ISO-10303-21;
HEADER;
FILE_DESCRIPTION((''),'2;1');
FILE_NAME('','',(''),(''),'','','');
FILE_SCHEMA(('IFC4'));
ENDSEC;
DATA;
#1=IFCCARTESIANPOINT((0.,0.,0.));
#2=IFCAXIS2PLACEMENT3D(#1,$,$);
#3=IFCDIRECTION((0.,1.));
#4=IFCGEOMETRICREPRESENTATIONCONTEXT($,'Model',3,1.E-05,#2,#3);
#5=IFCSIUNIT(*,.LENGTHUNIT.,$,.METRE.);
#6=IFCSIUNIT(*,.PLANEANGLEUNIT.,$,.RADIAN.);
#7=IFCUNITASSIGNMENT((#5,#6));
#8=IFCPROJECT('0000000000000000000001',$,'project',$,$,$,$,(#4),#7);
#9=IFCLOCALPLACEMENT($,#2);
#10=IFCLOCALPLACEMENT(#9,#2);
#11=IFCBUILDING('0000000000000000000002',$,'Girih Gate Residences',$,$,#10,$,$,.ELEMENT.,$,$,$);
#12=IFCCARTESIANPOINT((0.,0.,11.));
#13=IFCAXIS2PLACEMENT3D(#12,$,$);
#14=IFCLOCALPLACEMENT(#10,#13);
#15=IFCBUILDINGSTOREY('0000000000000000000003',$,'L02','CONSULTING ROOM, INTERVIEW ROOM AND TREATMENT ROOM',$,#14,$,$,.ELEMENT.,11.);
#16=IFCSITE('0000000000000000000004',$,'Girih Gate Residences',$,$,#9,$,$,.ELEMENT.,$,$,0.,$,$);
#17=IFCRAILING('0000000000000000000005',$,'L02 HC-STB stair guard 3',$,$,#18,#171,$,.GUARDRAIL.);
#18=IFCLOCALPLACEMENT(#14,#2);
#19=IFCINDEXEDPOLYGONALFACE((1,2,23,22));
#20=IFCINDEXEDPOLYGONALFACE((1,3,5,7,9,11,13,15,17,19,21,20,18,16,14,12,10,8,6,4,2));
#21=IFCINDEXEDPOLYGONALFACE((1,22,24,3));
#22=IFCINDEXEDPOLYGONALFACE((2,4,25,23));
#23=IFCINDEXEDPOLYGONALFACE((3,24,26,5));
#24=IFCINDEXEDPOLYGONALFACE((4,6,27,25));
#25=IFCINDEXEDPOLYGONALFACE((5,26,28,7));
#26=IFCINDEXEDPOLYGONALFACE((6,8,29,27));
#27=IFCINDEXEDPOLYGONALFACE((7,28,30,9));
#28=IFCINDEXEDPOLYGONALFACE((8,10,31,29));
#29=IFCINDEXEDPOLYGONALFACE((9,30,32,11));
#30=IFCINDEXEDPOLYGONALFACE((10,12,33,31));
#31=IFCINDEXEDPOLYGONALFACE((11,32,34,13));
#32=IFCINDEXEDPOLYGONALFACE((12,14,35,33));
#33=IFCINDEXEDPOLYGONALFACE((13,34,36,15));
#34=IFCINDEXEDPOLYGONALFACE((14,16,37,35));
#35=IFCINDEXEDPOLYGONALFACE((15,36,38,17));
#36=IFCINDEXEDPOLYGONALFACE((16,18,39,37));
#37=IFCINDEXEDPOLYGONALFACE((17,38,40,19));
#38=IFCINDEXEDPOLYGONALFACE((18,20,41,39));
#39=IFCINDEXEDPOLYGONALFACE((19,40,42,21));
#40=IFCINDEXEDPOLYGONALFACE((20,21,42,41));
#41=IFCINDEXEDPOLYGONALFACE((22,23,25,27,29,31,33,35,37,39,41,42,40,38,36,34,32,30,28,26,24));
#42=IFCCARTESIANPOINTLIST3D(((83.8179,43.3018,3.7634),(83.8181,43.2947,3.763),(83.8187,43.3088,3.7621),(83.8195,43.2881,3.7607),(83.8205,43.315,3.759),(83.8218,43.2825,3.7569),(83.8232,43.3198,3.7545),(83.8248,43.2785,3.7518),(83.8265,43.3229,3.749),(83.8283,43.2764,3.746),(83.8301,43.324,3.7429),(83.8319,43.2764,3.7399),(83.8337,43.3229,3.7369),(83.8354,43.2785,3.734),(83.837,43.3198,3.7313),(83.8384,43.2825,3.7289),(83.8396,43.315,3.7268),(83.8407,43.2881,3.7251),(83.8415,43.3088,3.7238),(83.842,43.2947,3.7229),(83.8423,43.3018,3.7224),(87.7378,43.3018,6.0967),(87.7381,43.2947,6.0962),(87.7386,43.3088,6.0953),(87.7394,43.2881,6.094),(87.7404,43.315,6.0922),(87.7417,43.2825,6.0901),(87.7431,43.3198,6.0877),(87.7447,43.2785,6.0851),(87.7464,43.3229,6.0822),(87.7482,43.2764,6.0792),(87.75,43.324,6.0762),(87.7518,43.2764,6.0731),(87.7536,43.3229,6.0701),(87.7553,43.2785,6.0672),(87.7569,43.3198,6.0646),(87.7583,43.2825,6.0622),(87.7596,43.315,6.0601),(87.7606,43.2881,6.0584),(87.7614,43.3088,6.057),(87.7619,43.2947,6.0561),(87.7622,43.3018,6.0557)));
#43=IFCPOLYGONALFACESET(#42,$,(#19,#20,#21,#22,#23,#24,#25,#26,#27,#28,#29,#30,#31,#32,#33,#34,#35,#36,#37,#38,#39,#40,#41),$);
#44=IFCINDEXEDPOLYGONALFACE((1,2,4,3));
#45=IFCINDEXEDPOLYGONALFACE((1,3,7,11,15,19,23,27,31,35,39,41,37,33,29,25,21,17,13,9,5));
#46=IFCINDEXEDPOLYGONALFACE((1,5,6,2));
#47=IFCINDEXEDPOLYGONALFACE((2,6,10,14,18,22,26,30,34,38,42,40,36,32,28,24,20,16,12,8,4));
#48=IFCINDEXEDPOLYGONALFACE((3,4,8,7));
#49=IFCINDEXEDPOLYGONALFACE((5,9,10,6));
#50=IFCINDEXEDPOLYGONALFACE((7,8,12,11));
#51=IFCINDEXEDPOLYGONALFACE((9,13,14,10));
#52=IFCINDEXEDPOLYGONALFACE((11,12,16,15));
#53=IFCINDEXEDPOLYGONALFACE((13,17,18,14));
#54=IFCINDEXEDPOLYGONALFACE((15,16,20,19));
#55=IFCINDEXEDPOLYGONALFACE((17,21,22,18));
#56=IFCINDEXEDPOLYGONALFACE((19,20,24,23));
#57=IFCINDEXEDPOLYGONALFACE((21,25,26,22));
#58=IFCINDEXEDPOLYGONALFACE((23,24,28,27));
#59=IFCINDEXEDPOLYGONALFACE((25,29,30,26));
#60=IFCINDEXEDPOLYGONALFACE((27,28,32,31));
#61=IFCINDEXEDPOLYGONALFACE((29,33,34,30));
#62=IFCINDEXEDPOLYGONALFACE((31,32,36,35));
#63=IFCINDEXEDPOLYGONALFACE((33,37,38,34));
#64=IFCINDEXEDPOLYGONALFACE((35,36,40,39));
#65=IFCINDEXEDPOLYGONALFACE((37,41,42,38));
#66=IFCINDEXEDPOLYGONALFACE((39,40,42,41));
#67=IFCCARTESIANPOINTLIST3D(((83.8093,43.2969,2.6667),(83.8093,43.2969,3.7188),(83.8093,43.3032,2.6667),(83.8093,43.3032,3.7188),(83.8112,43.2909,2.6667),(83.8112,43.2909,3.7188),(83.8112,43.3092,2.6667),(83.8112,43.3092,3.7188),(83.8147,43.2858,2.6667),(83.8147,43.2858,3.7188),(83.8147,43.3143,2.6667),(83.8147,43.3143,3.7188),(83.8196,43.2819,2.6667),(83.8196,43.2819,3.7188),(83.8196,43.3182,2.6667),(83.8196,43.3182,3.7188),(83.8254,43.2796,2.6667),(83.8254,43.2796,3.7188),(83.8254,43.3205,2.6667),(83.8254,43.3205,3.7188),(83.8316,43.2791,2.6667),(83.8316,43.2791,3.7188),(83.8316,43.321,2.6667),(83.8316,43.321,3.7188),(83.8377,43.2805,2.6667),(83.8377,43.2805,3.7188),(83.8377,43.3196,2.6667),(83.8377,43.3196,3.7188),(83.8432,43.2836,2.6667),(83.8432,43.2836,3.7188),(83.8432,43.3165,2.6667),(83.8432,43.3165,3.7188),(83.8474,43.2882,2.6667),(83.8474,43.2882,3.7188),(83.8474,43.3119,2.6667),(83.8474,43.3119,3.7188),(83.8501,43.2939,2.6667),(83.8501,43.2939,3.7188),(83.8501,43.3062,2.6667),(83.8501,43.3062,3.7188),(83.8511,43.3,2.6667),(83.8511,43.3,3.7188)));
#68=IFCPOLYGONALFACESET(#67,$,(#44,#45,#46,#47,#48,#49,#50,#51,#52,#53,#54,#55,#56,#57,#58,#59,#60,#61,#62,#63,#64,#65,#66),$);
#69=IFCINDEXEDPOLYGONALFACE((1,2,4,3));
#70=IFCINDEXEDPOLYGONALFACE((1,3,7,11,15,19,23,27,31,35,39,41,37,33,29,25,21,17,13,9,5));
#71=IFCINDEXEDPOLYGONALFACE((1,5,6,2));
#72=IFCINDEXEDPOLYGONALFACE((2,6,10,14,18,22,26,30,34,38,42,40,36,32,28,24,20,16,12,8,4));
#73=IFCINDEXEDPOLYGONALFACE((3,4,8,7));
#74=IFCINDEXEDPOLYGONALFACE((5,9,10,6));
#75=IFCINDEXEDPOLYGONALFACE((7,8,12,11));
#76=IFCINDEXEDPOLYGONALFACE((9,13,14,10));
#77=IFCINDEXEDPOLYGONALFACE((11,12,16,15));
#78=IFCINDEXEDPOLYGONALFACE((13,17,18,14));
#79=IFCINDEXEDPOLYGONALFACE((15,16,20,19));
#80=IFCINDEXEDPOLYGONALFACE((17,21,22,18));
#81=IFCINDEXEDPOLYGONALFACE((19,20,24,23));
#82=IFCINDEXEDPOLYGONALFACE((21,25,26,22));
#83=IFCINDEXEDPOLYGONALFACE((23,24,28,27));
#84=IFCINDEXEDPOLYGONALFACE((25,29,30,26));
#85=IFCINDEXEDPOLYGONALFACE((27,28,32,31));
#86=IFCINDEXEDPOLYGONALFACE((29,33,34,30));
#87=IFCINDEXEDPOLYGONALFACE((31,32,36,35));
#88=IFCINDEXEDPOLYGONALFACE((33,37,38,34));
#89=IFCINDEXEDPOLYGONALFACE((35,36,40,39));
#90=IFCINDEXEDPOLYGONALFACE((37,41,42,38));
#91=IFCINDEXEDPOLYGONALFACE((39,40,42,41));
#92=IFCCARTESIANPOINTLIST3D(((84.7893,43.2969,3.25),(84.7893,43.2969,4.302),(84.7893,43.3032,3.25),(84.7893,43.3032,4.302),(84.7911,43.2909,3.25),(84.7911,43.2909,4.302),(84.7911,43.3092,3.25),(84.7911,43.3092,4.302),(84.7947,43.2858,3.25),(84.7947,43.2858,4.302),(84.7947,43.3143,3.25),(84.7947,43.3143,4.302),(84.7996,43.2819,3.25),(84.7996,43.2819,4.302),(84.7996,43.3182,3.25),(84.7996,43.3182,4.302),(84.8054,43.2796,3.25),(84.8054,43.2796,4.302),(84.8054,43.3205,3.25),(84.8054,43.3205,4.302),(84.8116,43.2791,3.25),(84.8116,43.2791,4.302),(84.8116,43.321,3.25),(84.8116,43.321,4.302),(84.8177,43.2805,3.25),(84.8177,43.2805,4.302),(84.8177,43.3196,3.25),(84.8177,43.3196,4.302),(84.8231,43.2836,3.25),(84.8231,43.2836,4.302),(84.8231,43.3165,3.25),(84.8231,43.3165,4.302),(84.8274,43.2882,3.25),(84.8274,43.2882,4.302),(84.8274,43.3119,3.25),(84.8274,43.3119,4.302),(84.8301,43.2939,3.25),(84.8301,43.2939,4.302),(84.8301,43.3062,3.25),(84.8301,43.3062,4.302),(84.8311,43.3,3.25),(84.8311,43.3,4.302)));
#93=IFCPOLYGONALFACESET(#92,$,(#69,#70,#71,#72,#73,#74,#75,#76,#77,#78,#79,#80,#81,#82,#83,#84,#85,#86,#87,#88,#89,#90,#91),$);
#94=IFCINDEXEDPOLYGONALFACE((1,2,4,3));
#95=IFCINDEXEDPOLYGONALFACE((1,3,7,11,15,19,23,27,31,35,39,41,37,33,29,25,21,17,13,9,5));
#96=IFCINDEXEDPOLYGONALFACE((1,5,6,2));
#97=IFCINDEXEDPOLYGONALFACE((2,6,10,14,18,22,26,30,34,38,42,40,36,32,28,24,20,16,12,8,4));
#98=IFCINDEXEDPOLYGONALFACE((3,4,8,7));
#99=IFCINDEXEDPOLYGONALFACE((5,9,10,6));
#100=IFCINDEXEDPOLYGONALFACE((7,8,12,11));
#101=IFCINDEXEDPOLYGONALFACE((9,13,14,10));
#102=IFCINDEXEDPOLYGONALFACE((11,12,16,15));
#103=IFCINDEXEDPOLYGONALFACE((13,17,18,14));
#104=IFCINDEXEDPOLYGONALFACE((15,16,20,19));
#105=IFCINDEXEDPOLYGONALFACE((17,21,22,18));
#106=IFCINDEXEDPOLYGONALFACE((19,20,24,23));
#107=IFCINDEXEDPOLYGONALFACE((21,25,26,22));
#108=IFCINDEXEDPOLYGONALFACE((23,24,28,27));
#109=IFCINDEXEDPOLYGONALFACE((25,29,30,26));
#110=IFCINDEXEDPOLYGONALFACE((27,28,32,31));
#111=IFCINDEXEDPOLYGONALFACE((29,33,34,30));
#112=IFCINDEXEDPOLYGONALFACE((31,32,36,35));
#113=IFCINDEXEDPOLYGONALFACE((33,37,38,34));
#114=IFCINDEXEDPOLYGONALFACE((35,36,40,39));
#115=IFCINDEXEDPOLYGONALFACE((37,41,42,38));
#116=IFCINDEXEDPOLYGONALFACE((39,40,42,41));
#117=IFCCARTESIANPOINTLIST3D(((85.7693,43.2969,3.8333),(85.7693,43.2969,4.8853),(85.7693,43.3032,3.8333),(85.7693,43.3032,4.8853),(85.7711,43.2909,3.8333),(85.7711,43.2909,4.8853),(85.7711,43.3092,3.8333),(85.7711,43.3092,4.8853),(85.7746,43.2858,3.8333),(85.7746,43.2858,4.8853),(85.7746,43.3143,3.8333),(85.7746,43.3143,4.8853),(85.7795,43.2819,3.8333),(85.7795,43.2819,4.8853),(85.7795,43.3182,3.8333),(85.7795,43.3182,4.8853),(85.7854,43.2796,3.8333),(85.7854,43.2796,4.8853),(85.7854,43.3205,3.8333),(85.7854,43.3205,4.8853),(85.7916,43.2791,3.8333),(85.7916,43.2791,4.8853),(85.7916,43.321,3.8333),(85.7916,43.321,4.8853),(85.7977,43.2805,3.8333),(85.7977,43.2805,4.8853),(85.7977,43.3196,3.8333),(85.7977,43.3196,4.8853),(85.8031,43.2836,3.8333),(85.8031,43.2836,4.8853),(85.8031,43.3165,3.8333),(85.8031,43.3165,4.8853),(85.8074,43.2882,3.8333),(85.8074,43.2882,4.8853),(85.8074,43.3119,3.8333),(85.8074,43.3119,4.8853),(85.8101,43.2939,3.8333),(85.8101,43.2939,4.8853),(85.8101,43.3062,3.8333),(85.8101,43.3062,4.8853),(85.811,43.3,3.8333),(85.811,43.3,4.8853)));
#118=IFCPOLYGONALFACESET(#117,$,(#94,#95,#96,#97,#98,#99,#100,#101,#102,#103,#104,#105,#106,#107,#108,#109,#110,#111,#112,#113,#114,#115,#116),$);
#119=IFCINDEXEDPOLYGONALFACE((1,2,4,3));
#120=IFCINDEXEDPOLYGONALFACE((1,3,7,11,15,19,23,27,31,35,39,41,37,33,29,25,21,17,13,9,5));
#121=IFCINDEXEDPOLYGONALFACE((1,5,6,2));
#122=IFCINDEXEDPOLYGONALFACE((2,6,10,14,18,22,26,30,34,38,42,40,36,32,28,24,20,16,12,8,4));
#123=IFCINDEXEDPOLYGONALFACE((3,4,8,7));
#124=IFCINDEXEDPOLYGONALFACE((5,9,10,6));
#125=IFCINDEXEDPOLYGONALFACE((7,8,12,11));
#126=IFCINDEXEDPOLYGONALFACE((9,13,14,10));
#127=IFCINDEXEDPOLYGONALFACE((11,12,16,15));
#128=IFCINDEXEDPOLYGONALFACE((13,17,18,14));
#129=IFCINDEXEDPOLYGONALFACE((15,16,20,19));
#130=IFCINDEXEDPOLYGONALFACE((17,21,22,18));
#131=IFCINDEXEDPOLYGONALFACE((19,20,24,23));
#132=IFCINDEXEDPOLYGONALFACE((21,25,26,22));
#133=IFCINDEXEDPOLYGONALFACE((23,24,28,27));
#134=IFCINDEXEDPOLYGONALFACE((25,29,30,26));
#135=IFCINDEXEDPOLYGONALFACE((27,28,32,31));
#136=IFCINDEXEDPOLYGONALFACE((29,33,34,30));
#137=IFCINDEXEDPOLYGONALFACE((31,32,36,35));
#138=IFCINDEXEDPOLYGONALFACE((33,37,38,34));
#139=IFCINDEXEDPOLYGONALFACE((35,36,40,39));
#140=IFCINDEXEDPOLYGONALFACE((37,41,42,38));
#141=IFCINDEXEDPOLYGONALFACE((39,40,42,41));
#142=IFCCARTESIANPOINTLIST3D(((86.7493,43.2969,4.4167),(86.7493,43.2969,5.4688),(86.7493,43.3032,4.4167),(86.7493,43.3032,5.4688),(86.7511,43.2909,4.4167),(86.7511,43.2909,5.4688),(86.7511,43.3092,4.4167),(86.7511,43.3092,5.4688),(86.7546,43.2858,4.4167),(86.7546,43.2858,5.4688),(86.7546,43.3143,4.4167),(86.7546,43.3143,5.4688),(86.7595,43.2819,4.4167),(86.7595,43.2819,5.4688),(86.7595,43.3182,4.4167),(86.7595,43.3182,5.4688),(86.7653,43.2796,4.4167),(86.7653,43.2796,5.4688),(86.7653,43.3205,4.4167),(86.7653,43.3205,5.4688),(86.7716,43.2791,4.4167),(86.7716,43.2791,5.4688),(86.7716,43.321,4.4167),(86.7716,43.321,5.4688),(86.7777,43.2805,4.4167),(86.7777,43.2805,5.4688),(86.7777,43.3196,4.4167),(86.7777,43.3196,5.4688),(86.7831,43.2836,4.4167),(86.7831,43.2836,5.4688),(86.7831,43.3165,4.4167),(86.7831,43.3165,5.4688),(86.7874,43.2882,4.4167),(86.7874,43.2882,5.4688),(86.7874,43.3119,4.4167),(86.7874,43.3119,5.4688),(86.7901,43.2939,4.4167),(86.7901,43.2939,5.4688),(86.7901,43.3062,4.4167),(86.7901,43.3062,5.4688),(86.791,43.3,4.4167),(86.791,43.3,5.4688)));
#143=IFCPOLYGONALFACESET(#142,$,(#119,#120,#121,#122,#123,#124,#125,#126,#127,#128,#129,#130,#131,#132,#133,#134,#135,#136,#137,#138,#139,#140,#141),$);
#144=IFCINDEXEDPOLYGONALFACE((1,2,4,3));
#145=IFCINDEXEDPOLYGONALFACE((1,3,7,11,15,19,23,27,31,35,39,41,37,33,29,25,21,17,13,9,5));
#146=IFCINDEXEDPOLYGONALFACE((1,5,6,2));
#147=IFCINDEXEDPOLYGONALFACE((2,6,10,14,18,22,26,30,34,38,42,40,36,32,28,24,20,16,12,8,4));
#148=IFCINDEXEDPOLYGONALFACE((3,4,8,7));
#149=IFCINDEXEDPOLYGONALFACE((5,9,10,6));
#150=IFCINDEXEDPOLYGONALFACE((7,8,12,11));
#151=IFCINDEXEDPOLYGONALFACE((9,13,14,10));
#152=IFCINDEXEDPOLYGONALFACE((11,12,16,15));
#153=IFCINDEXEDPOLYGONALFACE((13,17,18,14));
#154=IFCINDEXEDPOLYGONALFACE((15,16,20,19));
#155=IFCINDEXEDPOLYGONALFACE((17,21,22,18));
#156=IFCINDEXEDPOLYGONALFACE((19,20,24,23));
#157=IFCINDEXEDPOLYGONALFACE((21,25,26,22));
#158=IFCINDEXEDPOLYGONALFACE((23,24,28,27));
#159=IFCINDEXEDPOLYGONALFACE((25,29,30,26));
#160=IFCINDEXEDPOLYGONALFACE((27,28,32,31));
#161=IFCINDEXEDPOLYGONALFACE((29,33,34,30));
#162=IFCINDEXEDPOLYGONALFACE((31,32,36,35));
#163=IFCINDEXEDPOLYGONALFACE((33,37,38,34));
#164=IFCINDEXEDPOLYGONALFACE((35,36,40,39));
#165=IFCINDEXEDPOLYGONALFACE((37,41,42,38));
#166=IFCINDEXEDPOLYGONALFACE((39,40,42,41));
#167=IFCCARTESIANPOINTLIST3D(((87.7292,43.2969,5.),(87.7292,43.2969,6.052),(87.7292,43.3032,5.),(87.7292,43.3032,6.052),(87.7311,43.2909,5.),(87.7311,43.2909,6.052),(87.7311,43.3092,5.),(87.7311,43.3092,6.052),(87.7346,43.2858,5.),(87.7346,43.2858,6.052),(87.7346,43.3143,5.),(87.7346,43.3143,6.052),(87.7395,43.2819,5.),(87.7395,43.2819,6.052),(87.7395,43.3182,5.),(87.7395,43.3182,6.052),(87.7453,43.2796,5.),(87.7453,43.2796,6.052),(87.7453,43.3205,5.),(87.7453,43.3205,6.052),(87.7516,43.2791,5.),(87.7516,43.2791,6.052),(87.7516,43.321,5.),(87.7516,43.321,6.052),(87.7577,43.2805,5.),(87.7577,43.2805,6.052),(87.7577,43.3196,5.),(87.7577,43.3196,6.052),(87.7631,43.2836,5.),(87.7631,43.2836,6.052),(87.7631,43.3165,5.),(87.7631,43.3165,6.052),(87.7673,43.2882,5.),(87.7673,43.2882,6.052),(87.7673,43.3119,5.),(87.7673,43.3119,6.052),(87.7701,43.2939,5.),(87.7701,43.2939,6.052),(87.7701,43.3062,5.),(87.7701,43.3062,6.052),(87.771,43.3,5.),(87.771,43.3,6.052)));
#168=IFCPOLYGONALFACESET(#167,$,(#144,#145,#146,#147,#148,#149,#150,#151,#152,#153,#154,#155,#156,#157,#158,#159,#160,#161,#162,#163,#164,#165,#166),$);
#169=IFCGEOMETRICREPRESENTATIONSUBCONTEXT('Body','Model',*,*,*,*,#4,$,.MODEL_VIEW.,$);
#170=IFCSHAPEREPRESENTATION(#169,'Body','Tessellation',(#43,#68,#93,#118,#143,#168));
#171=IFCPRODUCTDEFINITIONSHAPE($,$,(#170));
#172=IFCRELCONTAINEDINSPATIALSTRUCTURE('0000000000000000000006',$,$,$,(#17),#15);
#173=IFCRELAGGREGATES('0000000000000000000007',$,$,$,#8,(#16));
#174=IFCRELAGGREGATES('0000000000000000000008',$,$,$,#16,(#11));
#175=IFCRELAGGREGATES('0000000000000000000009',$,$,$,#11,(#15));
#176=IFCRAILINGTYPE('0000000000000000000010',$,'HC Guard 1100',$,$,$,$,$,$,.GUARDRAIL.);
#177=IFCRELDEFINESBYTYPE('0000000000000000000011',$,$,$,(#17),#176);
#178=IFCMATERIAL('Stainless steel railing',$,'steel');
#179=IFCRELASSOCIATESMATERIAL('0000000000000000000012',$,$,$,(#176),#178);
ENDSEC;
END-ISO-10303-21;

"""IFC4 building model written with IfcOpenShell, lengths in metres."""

from ifc_helpers import new_model, si_unit, direction, frame, origin, origin_2d, place, context, subcontext, project, spatial, circle, extrude, material, type_object, element, save


model = new_model("IFC4")

# Units and contexts
model_context = context("Model", 3, precision=1e-05, world=origin(), true_north=direction((0.0, 1.0)))
body_context = subcontext(model_context, "Body", "Model", "MODEL_VIEW")
ifc_project = project(units=[si_unit("LENGTHUNIT", "METRE"), si_unit("PLANEANGLEUNIT", "RADIAN")], contexts=[model_context])

# Site, building, storey
site_placement = place(None, origin())
site = spatial("IfcSite", under=ifc_project, at=site_placement, Name="Girih Gate Residences", CompositionType="ELEMENT", RefElevation=0.0)
building_placement = place(site_placement, origin())
building = spatial("IfcBuilding", under=site, at=building_placement, Name="Girih Gate Residences", CompositionType="ELEMENT")
storey_placement = place(building_placement, frame((0.0, 0.0, 11.0)))
storey = spatial("IfcBuildingStorey", under=building, at=storey_placement, Name="L02", Description="CONSULTING ROOM, INTERVIEW ROOM AND TREATMENT ROOM", CompositionType="ELEMENT", Elevation=11.0)

# Railing
ifc_material_1 = material(Name="Stainless steel railing", Category="steel")
railing_type_1 = type_object("IfcRailingType", Name="HC Guard 1100", PredefinedType="GUARDRAIL", material=ifc_material_1)
railing_1_placement = place(storey_placement, frame((83.8301, 43.3, 2.6667)))
element("IfcRailing", 1, at=railing_1_placement, inside=storey, type_object=railing_type_1, Name="L02 HC-STB stair guard 3", PredefinedType="GUARDRAIL", context=body_context, shape_type="SweptSolid", body=[
    extrude(circle(Radius=0.0239, at=origin_2d()), frame((0.0, 0.0, 1.0762), z_axis=(0.859296, 0.0, 0.511478), x_axis=(0.0, 1.0, 0.0)), (0.0, 0.0, 1.0), 4.5618),
    extrude(circle(Radius=0.021, at=origin_2d()), origin(), (0.0, 0.0, 1.0), 1.052),
    extrude(circle(Radius=0.021, at=origin_2d()), frame((0.98, 0.0, 0.5833)), (0.0, 0.0, 1.0), 1.052),
    extrude(circle(Radius=0.021, at=origin_2d()), frame((1.96, 0.0, 1.1665)), (0.0, 0.0, 1.0), 1.052),
    extrude(circle(Radius=0.021, at=origin_2d()), frame((2.9399, 0.0, 1.75)), (0.0, 0.0, 1.0), 1.052),
    extrude(circle(Radius=0.021, at=origin_2d()), frame((3.9199, 0.0, 2.3333)), (0.0, 0.0, 1.0), 1.052),
])

save(model, "model.ifc")
